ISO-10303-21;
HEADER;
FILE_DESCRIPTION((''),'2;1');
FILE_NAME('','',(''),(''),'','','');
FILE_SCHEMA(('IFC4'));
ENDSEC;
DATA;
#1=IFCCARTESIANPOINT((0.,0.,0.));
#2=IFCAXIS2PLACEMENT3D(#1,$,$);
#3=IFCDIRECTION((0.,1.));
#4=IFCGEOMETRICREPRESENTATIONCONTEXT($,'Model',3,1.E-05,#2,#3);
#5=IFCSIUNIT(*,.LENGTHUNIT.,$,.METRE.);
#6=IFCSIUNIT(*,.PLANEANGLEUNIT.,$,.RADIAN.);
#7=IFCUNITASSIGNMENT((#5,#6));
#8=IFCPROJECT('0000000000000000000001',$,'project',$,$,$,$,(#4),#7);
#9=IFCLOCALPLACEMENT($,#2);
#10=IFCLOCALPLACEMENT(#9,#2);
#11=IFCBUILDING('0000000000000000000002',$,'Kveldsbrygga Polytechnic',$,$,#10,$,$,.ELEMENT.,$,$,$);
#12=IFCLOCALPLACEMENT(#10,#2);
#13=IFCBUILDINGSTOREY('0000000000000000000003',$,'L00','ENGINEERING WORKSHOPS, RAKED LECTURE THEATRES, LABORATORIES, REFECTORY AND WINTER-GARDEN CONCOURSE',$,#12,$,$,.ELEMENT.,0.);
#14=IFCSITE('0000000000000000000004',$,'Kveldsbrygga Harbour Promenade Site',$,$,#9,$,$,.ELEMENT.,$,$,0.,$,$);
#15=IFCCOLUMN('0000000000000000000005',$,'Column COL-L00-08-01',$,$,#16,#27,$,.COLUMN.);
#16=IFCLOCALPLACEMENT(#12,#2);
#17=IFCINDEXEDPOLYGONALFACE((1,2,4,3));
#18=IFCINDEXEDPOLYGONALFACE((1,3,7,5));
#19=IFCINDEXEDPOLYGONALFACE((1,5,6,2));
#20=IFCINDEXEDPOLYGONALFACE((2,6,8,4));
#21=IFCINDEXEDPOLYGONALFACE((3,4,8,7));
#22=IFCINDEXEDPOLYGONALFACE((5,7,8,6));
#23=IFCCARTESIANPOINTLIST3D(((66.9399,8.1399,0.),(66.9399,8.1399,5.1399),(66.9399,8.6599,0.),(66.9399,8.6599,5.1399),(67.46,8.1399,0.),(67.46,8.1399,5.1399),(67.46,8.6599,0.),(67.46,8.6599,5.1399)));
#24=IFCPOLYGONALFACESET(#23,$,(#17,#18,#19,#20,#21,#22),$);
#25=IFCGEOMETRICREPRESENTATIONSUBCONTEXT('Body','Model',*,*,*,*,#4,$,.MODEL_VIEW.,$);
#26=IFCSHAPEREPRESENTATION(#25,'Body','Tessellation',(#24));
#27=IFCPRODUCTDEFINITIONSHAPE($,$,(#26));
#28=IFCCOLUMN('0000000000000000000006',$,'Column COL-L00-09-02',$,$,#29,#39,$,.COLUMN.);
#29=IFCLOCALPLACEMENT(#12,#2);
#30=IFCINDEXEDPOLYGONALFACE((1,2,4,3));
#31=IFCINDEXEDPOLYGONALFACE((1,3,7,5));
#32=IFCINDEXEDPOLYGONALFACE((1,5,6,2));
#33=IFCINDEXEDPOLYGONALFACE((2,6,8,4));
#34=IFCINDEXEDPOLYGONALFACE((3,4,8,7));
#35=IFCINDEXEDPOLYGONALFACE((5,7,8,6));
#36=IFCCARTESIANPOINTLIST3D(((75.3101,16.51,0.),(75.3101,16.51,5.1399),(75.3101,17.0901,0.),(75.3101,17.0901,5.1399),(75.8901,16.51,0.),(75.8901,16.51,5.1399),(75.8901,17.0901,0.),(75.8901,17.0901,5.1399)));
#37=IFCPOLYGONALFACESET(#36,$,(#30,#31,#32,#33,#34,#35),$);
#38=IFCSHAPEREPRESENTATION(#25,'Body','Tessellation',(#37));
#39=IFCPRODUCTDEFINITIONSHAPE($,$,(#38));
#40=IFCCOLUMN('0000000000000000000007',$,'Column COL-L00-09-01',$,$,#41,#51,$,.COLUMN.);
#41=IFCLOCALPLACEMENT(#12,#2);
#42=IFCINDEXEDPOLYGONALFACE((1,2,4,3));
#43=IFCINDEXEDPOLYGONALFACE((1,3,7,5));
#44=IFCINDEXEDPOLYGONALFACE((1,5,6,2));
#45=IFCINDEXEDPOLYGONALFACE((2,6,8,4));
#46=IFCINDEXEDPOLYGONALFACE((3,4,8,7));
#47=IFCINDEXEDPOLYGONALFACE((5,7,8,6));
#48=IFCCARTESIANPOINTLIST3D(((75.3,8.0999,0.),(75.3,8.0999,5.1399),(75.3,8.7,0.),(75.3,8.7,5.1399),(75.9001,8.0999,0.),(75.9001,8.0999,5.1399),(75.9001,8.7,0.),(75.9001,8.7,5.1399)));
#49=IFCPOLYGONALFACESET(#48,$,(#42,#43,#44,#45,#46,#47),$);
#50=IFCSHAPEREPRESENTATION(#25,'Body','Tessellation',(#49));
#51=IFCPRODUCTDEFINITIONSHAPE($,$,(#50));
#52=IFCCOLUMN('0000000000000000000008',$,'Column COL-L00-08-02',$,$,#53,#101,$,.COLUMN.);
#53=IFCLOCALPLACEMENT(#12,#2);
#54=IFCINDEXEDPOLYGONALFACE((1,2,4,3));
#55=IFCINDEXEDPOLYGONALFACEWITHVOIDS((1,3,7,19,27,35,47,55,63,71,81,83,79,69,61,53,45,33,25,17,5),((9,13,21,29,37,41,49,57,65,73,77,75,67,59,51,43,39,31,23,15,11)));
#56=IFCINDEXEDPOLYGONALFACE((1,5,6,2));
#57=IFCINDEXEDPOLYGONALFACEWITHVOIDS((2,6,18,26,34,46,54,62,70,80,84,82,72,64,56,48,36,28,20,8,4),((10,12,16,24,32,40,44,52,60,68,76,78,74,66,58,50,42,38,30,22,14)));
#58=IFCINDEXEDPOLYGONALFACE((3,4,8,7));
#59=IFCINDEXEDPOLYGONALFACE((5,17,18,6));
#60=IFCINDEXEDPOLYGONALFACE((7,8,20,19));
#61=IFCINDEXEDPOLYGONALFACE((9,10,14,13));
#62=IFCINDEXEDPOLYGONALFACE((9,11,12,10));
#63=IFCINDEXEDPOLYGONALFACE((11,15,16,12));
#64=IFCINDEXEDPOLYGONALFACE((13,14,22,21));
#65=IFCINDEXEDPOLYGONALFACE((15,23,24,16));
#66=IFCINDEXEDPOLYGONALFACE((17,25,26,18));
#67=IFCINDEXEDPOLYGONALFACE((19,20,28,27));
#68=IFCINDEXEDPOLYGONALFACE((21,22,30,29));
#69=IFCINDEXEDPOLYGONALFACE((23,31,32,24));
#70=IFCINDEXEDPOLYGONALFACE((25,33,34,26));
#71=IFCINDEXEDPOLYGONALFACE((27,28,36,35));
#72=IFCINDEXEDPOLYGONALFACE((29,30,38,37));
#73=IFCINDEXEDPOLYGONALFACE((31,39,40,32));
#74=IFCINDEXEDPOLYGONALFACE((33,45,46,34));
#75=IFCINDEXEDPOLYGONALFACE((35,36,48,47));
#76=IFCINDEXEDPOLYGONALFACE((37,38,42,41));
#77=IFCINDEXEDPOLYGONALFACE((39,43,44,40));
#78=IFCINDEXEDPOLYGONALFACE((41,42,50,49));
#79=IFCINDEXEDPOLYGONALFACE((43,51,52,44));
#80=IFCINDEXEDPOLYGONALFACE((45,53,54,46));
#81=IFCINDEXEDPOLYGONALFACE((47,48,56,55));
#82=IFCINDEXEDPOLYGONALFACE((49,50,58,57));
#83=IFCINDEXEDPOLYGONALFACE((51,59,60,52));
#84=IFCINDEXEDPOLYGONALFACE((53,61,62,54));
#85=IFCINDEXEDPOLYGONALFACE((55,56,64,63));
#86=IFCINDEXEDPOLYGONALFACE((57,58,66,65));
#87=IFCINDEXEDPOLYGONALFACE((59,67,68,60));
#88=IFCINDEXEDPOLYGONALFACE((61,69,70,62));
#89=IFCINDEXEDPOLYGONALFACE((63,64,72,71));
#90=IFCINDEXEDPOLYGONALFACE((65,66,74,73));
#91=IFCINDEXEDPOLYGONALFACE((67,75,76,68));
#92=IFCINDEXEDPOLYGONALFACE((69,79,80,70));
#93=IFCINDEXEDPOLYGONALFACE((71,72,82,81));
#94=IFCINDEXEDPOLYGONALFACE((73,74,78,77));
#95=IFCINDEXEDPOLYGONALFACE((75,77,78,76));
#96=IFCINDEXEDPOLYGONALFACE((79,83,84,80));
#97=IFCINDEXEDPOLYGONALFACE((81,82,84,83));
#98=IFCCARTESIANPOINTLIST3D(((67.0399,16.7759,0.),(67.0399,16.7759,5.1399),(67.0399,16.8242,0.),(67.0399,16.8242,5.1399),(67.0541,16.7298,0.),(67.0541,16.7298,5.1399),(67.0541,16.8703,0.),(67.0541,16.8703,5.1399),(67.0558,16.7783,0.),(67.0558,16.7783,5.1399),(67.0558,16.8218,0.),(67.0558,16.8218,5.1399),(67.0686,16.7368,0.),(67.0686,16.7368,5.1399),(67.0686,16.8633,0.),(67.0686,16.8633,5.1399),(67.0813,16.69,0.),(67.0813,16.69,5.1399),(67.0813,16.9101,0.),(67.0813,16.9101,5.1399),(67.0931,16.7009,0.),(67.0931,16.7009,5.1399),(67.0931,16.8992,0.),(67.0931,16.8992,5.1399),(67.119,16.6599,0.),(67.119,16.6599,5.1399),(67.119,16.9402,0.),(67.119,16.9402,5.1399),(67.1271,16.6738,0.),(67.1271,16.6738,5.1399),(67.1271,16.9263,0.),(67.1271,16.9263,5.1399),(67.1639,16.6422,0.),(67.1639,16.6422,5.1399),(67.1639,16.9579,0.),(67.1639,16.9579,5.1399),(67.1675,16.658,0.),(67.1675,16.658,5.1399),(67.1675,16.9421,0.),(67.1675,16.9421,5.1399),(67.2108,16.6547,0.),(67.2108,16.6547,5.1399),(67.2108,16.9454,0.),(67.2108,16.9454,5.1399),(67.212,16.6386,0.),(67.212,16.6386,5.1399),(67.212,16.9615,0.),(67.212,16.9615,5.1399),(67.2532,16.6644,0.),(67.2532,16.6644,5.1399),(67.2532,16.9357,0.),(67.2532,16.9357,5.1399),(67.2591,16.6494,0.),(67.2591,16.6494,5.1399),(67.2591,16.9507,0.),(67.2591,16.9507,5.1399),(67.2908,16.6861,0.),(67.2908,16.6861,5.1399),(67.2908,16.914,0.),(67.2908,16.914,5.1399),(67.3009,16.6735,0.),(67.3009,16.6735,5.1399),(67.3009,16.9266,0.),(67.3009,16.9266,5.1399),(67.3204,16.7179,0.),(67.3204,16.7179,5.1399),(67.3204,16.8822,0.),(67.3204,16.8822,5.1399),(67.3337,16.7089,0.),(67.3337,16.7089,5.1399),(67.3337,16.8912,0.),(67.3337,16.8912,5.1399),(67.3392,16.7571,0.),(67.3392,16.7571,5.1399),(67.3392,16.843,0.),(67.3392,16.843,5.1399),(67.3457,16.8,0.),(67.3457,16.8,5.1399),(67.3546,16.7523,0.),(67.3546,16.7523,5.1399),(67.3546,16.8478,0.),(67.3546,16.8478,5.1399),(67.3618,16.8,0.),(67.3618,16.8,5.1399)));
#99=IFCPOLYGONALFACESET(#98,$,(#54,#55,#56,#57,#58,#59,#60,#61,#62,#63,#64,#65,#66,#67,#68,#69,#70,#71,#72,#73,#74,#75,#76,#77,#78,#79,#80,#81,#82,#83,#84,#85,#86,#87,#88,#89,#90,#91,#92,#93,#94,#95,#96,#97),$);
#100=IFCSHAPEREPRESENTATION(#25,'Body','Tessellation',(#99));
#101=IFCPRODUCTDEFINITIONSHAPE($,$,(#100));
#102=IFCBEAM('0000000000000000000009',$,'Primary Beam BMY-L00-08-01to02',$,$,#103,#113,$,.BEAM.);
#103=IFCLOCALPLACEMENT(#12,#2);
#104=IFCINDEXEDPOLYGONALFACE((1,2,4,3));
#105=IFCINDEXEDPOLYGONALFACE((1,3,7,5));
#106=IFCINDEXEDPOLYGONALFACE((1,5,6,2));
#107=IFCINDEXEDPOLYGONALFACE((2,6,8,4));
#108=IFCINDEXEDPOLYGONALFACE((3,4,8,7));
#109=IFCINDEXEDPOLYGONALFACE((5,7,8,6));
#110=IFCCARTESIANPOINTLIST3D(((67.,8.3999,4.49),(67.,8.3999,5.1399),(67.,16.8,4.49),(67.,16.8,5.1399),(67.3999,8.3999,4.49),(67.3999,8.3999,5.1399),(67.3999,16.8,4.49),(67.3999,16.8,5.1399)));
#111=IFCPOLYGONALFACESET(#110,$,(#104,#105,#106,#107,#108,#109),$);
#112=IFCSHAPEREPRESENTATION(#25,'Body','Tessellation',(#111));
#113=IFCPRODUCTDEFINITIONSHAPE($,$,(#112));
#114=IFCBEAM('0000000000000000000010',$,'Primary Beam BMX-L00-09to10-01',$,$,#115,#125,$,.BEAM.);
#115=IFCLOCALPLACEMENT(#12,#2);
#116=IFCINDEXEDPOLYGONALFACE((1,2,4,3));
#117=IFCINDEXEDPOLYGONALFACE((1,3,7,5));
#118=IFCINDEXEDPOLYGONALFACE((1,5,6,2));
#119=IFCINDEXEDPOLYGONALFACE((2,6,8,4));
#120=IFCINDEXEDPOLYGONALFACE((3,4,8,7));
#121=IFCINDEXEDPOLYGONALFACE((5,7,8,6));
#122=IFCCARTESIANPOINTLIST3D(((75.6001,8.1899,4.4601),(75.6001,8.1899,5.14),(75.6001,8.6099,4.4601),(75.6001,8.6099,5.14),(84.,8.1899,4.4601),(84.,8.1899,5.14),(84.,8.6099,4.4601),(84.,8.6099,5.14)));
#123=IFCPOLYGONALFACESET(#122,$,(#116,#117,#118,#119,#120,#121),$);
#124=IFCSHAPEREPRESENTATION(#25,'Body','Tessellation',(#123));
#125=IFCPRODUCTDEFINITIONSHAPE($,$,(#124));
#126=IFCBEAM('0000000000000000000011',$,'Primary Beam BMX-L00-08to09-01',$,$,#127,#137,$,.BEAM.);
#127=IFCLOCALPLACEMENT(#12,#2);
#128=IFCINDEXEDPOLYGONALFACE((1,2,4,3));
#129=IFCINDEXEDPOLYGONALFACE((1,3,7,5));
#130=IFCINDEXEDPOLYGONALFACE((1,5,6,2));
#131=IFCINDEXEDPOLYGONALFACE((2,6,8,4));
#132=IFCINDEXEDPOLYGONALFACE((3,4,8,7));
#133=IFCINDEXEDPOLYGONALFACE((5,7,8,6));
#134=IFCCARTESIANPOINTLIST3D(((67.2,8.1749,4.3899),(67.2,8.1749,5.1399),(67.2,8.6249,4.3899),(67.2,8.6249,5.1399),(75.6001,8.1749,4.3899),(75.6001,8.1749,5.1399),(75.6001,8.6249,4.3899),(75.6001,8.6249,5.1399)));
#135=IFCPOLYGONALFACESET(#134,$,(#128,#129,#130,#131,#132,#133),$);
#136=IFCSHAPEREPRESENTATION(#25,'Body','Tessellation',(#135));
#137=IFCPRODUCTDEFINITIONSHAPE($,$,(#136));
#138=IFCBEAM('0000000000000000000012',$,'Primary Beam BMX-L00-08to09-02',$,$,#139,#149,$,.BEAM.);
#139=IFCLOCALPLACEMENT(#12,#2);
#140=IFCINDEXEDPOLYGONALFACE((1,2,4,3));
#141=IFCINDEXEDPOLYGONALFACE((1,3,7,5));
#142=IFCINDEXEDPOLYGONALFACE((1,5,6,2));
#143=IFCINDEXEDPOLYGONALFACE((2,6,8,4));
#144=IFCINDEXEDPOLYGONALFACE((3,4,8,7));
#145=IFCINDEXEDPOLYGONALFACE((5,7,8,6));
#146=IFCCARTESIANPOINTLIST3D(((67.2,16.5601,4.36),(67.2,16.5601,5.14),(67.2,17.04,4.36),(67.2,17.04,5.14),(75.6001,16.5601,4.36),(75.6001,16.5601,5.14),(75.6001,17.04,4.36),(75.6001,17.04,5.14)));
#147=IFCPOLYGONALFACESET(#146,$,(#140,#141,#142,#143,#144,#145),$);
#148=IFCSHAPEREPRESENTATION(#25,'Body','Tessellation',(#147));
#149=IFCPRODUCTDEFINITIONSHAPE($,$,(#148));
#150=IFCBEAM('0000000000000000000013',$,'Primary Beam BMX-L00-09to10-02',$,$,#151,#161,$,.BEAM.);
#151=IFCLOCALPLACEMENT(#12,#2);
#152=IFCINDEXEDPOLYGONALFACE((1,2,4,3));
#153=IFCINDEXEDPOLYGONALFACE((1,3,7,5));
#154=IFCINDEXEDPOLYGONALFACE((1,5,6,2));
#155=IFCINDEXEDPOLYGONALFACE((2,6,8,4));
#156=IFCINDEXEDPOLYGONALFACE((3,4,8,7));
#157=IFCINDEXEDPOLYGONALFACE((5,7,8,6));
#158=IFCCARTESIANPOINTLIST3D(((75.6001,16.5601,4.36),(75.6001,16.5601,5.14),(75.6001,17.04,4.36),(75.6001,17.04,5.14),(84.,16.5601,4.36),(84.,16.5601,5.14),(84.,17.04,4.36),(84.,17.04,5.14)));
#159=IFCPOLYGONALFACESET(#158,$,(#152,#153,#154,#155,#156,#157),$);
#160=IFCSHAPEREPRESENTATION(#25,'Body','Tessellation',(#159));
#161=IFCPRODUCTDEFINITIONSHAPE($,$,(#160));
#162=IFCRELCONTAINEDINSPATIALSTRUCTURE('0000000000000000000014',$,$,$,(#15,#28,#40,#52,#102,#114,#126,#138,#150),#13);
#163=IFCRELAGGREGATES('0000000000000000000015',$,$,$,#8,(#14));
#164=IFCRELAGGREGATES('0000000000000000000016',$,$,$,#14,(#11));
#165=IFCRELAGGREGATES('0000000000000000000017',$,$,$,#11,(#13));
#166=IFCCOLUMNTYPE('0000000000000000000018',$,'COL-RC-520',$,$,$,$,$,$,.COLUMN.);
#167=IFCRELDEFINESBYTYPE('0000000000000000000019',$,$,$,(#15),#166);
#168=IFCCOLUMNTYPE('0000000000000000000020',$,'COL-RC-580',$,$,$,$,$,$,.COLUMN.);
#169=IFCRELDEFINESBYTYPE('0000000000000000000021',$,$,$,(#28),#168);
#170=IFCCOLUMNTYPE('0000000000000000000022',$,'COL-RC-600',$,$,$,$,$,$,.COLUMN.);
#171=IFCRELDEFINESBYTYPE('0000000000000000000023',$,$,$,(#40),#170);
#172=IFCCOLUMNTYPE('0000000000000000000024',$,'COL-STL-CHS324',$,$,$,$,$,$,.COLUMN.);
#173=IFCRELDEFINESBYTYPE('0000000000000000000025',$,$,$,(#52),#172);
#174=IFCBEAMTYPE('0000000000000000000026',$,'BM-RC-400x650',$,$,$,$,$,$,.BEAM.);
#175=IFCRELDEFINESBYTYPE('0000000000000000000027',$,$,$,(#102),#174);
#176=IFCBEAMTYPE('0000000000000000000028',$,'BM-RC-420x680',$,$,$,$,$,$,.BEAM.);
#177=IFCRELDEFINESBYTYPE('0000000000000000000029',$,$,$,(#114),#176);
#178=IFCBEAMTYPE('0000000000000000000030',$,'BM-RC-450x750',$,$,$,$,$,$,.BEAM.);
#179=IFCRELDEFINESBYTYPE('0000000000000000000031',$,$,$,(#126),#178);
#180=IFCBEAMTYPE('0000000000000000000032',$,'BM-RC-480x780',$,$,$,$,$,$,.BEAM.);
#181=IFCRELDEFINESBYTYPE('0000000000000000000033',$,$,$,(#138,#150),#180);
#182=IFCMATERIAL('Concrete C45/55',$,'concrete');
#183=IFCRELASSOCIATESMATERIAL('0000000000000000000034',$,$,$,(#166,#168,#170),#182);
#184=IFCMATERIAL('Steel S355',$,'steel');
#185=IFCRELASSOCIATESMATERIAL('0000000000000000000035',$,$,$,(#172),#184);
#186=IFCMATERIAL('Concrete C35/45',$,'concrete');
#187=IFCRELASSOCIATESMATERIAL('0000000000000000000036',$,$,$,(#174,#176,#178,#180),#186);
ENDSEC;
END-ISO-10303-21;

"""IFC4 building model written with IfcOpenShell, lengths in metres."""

from ifc_helpers import new_model, si_unit, direction, frame, origin, origin_2d, place, context, subcontext, project, spatial, rectangle, hollow_circle, extrude, material, material_profile, profile_set, type_object, element, save


model = new_model("IFC4")

# Units and contexts
model_context = context("Model", 3, precision=1e-05, world=origin(), true_north=direction((0.0, 1.0)))
body_context = subcontext(model_context, "Body", "Model", "MODEL_VIEW")
ifc_project = project(units=[si_unit("LENGTHUNIT", "METRE"), si_unit("PLANEANGLEUNIT", "RADIAN")], contexts=[model_context])

# Site, building, storey
site_placement = place(None, origin())
site = spatial("IfcSite", under=ifc_project, at=site_placement, Name="Kveldsbrygga Harbour Promenade Site", CompositionType="ELEMENT", RefElevation=0.0)
building_placement = place(site_placement, origin())
building = spatial("IfcBuilding", under=site, at=building_placement, Name="Kveldsbrygga Polytechnic", CompositionType="ELEMENT")
storey_placement = place(building_placement, origin())
storey = spatial("IfcBuildingStorey", under=building, at=storey_placement, Name="L00", Description="ENGINEERING WORKSHOPS, RAKED LECTURE THEATRES, LABORATORIES, REFECTORY AND WINTER-GARDEN CONCOURSE", CompositionType="ELEMENT", Elevation=0.0)

# Columns
ifc_material_1 = material(Name="Concrete C45/55", Category="concrete")
ifc_material_profile_1 = material_profile(ifc_material_1, rectangle(XDim=0.52, YDim=0.52, at=origin_2d()), Name="RC 520x520")
ifc_profile_set_1 = profile_set([ifc_material_profile_1], Name="Concrete C45/55")
column_type_1 = type_object("IfcColumnType", Name="COL-RC-520", PredefinedType="COLUMN", material=ifc_profile_set_1)
column_1_placement = place(storey_placement, frame((67.2, 8.3999, 0.0), z_axis=(0.0, 0.0, 1.0), x_axis=(1.0, 0.0, 0.0)))
element("IfcColumn", 1, at=column_1_placement, inside=storey, type_object=column_type_1, Name="Column COL-L00-08-01", PredefinedType="COLUMN", context=body_context, shape_type="SweptSolid", body=[
    extrude(rectangle(XDim=0.52, YDim=0.52, at=origin_2d()), origin(), (0.0, 0.0, 1.0), 5.1399),
])
ifc_material_profile_2 = material_profile(ifc_material_1, rectangle(XDim=0.5801, YDim=0.5801, at=origin_2d()), Name="RC 580x580")
ifc_profile_set_2 = profile_set([ifc_material_profile_2], Name="Concrete C45/55")
column_type_2 = type_object("IfcColumnType", Name="COL-RC-580", PredefinedType="COLUMN", material=ifc_profile_set_2)
column_2_placement = place(storey_placement, frame((75.6001, 16.8, 0.0), z_axis=(0.0, 0.0, 1.0), x_axis=(1.0, 0.0, 0.0)))
element("IfcColumn", 2, at=column_2_placement, inside=storey, type_object=column_type_2, Name="Column COL-L00-09-02", PredefinedType="COLUMN", context=body_context, shape_type="SweptSolid", body=[
    extrude(rectangle(XDim=0.5801, YDim=0.5801, at=origin_2d()), origin(), (0.0, 0.0, 1.0), 5.1399),
])
ifc_material_profile_3 = material_profile(ifc_material_1, rectangle(XDim=0.6001, YDim=0.6001, at=origin_2d()), Name="RC 600x600")
ifc_profile_set_3 = profile_set([ifc_material_profile_3], Name="Concrete C45/55")
column_type_3 = type_object("IfcColumnType", Name="COL-RC-600", PredefinedType="COLUMN", material=ifc_profile_set_3)
column_3_placement = place(storey_placement, frame((75.6001, 8.3999, 0.0), z_axis=(0.0, 0.0, 1.0), x_axis=(1.0, 0.0, 0.0)))
element("IfcColumn", 3, at=column_3_placement, inside=storey, type_object=column_type_3, Name="Column COL-L00-09-01", PredefinedType="COLUMN", context=body_context, shape_type="SweptSolid", body=[
    extrude(rectangle(XDim=0.6001, YDim=0.6001, at=origin_2d()), origin(), (0.0, 0.0, 1.0), 5.1399),
])
ifc_material_2 = material(Name="Steel S355", Category="steel")
ifc_material_profile_4 = material_profile(ifc_material_2, hollow_circle(Radius=0.1619, WallThickness=0.0161, at=origin_2d()), Name="CHS 323.9x16.0")
ifc_profile_set_4 = profile_set([ifc_material_profile_4], Name="Steel S355")
column_type_4 = type_object("IfcColumnType", Name="COL-STL-CHS324", PredefinedType="COLUMN", material=ifc_profile_set_4)
column_4_placement = place(storey_placement, frame((67.2, 16.8, 0.0), z_axis=(0.0, 0.0, 1.0), x_axis=(1.0, 0.0, 0.0)))
element("IfcColumn", 4, at=column_4_placement, inside=storey, type_object=column_type_4, Name="Column COL-L00-08-02", PredefinedType="COLUMN", context=body_context, shape_type="SweptSolid", body=[
    extrude(hollow_circle(Radius=0.1619, WallThickness=0.0161, at=origin_2d()), origin(), (0.0, 0.0, 1.0), 5.1399),
])

# Beams
ifc_material_3 = material(Name="Concrete C35/45", Category="concrete")
ifc_material_profile_5 = material_profile(ifc_material_3, rectangle(XDim=0.3999, YDim=0.6499, at=origin_2d()), Name="RC 400x650")
ifc_profile_set_5 = profile_set([ifc_material_profile_5], Name="Concrete C35/45")
beam_type_1 = type_object("IfcBeamType", Name="BM-RC-400x650", PredefinedType="BEAM", material=ifc_profile_set_5)
beam_1_placement = place(storey_placement, frame((67.2, 8.3999, 4.8149), z_axis=(0.0, 1.0, 0.0), x_axis=(-1.0, 0.0, 0.0)))
element("IfcBeam", 5, at=beam_1_placement, inside=storey, type_object=beam_type_1, Name="Primary Beam BMY-L00-08-01to02", PredefinedType="BEAM", context=body_context, shape_type="SweptSolid", body=[
    extrude(rectangle(XDim=0.3999, YDim=0.6499, at=origin_2d()), origin(), (0.0, 0.0, 1.0), 8.4001),
])
ifc_material_profile_6 = material_profile(ifc_material_3, rectangle(XDim=0.4199, YDim=0.6799, at=origin_2d()), Name="RC 420x680")
ifc_profile_set_6 = profile_set([ifc_material_profile_6], Name="Concrete C35/45")
beam_type_2 = type_object("IfcBeamType", Name="BM-RC-420x680", PredefinedType="BEAM", material=ifc_profile_set_6)
beam_2_placement = place(storey_placement, frame((75.6001, 8.3999, 4.8), z_axis=(1.0, 0.0, 0.0), x_axis=(0.0, 1.0, 0.0)))
element("IfcBeam", 6, at=beam_2_placement, inside=storey, type_object=beam_type_2, Name="Primary Beam BMX-L00-09to10-01", PredefinedType="BEAM", context=body_context, shape_type="SweptSolid", body=[
    extrude(rectangle(XDim=0.4199, YDim=0.6799, at=origin_2d()), origin(), (0.0, 0.0, 1.0), 8.3999),
])
ifc_material_profile_7 = material_profile(ifc_material_3, rectangle(XDim=0.45, YDim=0.75, at=origin_2d()), Name="RC 450x750")
ifc_profile_set_7 = profile_set([ifc_material_profile_7], Name="Concrete C35/45")
beam_type_3 = type_object("IfcBeamType", Name="BM-RC-450x750", PredefinedType="BEAM", material=ifc_profile_set_7)
beam_3_placement = place(storey_placement, frame((67.2, 8.3999, 4.7649), z_axis=(1.0, 0.0, 0.0), x_axis=(0.0, 1.0, 0.0)))
element("IfcBeam", 7, at=beam_3_placement, inside=storey, type_object=beam_type_3, Name="Primary Beam BMX-L00-08to09-01", PredefinedType="BEAM", context=body_context, shape_type="SweptSolid", body=[
    extrude(rectangle(XDim=0.45, YDim=0.75, at=origin_2d()), origin(), (0.0, 0.0, 1.0), 8.4001),
])
ifc_material_profile_8 = material_profile(ifc_material_3, rectangle(XDim=0.48, YDim=0.78, at=origin_2d()), Name="RC 480x780")
ifc_profile_set_8 = profile_set([ifc_material_profile_8], Name="Concrete C35/45")
beam_type_4 = type_object("IfcBeamType", Name="BM-RC-480x780", PredefinedType="BEAM", material=ifc_profile_set_8)
beam_4_placement = place(storey_placement, frame((67.2, 16.8, 4.75), z_axis=(1.0, 0.0, 0.0), x_axis=(0.0, 1.0, 0.0)))
element("IfcBeam", 8, at=beam_4_placement, inside=storey, type_object=beam_type_4, Name="Primary Beam BMX-L00-08to09-02", PredefinedType="BEAM", context=body_context, shape_type="SweptSolid", body=[
    extrude(rectangle(XDim=0.48, YDim=0.78, at=origin_2d()), origin(), (0.0, 0.0, 1.0), 8.4001),
])
beam_5_placement = place(storey_placement, frame((75.6001, 16.8, 4.75), z_axis=(1.0, 0.0, 0.0), x_axis=(0.0, 1.0, 0.0)))
element("IfcBeam", 9, at=beam_5_placement, inside=storey, type_object=beam_type_4, Name="Primary Beam BMX-L00-09to10-02", PredefinedType="BEAM", context=body_context, shape_type="SweptSolid", body=[
    extrude(rectangle(XDim=0.48, YDim=0.78, at=origin_2d()), origin(), (0.0, 0.0, 1.0), 8.3999),
])

save(model, "model.ifc")
